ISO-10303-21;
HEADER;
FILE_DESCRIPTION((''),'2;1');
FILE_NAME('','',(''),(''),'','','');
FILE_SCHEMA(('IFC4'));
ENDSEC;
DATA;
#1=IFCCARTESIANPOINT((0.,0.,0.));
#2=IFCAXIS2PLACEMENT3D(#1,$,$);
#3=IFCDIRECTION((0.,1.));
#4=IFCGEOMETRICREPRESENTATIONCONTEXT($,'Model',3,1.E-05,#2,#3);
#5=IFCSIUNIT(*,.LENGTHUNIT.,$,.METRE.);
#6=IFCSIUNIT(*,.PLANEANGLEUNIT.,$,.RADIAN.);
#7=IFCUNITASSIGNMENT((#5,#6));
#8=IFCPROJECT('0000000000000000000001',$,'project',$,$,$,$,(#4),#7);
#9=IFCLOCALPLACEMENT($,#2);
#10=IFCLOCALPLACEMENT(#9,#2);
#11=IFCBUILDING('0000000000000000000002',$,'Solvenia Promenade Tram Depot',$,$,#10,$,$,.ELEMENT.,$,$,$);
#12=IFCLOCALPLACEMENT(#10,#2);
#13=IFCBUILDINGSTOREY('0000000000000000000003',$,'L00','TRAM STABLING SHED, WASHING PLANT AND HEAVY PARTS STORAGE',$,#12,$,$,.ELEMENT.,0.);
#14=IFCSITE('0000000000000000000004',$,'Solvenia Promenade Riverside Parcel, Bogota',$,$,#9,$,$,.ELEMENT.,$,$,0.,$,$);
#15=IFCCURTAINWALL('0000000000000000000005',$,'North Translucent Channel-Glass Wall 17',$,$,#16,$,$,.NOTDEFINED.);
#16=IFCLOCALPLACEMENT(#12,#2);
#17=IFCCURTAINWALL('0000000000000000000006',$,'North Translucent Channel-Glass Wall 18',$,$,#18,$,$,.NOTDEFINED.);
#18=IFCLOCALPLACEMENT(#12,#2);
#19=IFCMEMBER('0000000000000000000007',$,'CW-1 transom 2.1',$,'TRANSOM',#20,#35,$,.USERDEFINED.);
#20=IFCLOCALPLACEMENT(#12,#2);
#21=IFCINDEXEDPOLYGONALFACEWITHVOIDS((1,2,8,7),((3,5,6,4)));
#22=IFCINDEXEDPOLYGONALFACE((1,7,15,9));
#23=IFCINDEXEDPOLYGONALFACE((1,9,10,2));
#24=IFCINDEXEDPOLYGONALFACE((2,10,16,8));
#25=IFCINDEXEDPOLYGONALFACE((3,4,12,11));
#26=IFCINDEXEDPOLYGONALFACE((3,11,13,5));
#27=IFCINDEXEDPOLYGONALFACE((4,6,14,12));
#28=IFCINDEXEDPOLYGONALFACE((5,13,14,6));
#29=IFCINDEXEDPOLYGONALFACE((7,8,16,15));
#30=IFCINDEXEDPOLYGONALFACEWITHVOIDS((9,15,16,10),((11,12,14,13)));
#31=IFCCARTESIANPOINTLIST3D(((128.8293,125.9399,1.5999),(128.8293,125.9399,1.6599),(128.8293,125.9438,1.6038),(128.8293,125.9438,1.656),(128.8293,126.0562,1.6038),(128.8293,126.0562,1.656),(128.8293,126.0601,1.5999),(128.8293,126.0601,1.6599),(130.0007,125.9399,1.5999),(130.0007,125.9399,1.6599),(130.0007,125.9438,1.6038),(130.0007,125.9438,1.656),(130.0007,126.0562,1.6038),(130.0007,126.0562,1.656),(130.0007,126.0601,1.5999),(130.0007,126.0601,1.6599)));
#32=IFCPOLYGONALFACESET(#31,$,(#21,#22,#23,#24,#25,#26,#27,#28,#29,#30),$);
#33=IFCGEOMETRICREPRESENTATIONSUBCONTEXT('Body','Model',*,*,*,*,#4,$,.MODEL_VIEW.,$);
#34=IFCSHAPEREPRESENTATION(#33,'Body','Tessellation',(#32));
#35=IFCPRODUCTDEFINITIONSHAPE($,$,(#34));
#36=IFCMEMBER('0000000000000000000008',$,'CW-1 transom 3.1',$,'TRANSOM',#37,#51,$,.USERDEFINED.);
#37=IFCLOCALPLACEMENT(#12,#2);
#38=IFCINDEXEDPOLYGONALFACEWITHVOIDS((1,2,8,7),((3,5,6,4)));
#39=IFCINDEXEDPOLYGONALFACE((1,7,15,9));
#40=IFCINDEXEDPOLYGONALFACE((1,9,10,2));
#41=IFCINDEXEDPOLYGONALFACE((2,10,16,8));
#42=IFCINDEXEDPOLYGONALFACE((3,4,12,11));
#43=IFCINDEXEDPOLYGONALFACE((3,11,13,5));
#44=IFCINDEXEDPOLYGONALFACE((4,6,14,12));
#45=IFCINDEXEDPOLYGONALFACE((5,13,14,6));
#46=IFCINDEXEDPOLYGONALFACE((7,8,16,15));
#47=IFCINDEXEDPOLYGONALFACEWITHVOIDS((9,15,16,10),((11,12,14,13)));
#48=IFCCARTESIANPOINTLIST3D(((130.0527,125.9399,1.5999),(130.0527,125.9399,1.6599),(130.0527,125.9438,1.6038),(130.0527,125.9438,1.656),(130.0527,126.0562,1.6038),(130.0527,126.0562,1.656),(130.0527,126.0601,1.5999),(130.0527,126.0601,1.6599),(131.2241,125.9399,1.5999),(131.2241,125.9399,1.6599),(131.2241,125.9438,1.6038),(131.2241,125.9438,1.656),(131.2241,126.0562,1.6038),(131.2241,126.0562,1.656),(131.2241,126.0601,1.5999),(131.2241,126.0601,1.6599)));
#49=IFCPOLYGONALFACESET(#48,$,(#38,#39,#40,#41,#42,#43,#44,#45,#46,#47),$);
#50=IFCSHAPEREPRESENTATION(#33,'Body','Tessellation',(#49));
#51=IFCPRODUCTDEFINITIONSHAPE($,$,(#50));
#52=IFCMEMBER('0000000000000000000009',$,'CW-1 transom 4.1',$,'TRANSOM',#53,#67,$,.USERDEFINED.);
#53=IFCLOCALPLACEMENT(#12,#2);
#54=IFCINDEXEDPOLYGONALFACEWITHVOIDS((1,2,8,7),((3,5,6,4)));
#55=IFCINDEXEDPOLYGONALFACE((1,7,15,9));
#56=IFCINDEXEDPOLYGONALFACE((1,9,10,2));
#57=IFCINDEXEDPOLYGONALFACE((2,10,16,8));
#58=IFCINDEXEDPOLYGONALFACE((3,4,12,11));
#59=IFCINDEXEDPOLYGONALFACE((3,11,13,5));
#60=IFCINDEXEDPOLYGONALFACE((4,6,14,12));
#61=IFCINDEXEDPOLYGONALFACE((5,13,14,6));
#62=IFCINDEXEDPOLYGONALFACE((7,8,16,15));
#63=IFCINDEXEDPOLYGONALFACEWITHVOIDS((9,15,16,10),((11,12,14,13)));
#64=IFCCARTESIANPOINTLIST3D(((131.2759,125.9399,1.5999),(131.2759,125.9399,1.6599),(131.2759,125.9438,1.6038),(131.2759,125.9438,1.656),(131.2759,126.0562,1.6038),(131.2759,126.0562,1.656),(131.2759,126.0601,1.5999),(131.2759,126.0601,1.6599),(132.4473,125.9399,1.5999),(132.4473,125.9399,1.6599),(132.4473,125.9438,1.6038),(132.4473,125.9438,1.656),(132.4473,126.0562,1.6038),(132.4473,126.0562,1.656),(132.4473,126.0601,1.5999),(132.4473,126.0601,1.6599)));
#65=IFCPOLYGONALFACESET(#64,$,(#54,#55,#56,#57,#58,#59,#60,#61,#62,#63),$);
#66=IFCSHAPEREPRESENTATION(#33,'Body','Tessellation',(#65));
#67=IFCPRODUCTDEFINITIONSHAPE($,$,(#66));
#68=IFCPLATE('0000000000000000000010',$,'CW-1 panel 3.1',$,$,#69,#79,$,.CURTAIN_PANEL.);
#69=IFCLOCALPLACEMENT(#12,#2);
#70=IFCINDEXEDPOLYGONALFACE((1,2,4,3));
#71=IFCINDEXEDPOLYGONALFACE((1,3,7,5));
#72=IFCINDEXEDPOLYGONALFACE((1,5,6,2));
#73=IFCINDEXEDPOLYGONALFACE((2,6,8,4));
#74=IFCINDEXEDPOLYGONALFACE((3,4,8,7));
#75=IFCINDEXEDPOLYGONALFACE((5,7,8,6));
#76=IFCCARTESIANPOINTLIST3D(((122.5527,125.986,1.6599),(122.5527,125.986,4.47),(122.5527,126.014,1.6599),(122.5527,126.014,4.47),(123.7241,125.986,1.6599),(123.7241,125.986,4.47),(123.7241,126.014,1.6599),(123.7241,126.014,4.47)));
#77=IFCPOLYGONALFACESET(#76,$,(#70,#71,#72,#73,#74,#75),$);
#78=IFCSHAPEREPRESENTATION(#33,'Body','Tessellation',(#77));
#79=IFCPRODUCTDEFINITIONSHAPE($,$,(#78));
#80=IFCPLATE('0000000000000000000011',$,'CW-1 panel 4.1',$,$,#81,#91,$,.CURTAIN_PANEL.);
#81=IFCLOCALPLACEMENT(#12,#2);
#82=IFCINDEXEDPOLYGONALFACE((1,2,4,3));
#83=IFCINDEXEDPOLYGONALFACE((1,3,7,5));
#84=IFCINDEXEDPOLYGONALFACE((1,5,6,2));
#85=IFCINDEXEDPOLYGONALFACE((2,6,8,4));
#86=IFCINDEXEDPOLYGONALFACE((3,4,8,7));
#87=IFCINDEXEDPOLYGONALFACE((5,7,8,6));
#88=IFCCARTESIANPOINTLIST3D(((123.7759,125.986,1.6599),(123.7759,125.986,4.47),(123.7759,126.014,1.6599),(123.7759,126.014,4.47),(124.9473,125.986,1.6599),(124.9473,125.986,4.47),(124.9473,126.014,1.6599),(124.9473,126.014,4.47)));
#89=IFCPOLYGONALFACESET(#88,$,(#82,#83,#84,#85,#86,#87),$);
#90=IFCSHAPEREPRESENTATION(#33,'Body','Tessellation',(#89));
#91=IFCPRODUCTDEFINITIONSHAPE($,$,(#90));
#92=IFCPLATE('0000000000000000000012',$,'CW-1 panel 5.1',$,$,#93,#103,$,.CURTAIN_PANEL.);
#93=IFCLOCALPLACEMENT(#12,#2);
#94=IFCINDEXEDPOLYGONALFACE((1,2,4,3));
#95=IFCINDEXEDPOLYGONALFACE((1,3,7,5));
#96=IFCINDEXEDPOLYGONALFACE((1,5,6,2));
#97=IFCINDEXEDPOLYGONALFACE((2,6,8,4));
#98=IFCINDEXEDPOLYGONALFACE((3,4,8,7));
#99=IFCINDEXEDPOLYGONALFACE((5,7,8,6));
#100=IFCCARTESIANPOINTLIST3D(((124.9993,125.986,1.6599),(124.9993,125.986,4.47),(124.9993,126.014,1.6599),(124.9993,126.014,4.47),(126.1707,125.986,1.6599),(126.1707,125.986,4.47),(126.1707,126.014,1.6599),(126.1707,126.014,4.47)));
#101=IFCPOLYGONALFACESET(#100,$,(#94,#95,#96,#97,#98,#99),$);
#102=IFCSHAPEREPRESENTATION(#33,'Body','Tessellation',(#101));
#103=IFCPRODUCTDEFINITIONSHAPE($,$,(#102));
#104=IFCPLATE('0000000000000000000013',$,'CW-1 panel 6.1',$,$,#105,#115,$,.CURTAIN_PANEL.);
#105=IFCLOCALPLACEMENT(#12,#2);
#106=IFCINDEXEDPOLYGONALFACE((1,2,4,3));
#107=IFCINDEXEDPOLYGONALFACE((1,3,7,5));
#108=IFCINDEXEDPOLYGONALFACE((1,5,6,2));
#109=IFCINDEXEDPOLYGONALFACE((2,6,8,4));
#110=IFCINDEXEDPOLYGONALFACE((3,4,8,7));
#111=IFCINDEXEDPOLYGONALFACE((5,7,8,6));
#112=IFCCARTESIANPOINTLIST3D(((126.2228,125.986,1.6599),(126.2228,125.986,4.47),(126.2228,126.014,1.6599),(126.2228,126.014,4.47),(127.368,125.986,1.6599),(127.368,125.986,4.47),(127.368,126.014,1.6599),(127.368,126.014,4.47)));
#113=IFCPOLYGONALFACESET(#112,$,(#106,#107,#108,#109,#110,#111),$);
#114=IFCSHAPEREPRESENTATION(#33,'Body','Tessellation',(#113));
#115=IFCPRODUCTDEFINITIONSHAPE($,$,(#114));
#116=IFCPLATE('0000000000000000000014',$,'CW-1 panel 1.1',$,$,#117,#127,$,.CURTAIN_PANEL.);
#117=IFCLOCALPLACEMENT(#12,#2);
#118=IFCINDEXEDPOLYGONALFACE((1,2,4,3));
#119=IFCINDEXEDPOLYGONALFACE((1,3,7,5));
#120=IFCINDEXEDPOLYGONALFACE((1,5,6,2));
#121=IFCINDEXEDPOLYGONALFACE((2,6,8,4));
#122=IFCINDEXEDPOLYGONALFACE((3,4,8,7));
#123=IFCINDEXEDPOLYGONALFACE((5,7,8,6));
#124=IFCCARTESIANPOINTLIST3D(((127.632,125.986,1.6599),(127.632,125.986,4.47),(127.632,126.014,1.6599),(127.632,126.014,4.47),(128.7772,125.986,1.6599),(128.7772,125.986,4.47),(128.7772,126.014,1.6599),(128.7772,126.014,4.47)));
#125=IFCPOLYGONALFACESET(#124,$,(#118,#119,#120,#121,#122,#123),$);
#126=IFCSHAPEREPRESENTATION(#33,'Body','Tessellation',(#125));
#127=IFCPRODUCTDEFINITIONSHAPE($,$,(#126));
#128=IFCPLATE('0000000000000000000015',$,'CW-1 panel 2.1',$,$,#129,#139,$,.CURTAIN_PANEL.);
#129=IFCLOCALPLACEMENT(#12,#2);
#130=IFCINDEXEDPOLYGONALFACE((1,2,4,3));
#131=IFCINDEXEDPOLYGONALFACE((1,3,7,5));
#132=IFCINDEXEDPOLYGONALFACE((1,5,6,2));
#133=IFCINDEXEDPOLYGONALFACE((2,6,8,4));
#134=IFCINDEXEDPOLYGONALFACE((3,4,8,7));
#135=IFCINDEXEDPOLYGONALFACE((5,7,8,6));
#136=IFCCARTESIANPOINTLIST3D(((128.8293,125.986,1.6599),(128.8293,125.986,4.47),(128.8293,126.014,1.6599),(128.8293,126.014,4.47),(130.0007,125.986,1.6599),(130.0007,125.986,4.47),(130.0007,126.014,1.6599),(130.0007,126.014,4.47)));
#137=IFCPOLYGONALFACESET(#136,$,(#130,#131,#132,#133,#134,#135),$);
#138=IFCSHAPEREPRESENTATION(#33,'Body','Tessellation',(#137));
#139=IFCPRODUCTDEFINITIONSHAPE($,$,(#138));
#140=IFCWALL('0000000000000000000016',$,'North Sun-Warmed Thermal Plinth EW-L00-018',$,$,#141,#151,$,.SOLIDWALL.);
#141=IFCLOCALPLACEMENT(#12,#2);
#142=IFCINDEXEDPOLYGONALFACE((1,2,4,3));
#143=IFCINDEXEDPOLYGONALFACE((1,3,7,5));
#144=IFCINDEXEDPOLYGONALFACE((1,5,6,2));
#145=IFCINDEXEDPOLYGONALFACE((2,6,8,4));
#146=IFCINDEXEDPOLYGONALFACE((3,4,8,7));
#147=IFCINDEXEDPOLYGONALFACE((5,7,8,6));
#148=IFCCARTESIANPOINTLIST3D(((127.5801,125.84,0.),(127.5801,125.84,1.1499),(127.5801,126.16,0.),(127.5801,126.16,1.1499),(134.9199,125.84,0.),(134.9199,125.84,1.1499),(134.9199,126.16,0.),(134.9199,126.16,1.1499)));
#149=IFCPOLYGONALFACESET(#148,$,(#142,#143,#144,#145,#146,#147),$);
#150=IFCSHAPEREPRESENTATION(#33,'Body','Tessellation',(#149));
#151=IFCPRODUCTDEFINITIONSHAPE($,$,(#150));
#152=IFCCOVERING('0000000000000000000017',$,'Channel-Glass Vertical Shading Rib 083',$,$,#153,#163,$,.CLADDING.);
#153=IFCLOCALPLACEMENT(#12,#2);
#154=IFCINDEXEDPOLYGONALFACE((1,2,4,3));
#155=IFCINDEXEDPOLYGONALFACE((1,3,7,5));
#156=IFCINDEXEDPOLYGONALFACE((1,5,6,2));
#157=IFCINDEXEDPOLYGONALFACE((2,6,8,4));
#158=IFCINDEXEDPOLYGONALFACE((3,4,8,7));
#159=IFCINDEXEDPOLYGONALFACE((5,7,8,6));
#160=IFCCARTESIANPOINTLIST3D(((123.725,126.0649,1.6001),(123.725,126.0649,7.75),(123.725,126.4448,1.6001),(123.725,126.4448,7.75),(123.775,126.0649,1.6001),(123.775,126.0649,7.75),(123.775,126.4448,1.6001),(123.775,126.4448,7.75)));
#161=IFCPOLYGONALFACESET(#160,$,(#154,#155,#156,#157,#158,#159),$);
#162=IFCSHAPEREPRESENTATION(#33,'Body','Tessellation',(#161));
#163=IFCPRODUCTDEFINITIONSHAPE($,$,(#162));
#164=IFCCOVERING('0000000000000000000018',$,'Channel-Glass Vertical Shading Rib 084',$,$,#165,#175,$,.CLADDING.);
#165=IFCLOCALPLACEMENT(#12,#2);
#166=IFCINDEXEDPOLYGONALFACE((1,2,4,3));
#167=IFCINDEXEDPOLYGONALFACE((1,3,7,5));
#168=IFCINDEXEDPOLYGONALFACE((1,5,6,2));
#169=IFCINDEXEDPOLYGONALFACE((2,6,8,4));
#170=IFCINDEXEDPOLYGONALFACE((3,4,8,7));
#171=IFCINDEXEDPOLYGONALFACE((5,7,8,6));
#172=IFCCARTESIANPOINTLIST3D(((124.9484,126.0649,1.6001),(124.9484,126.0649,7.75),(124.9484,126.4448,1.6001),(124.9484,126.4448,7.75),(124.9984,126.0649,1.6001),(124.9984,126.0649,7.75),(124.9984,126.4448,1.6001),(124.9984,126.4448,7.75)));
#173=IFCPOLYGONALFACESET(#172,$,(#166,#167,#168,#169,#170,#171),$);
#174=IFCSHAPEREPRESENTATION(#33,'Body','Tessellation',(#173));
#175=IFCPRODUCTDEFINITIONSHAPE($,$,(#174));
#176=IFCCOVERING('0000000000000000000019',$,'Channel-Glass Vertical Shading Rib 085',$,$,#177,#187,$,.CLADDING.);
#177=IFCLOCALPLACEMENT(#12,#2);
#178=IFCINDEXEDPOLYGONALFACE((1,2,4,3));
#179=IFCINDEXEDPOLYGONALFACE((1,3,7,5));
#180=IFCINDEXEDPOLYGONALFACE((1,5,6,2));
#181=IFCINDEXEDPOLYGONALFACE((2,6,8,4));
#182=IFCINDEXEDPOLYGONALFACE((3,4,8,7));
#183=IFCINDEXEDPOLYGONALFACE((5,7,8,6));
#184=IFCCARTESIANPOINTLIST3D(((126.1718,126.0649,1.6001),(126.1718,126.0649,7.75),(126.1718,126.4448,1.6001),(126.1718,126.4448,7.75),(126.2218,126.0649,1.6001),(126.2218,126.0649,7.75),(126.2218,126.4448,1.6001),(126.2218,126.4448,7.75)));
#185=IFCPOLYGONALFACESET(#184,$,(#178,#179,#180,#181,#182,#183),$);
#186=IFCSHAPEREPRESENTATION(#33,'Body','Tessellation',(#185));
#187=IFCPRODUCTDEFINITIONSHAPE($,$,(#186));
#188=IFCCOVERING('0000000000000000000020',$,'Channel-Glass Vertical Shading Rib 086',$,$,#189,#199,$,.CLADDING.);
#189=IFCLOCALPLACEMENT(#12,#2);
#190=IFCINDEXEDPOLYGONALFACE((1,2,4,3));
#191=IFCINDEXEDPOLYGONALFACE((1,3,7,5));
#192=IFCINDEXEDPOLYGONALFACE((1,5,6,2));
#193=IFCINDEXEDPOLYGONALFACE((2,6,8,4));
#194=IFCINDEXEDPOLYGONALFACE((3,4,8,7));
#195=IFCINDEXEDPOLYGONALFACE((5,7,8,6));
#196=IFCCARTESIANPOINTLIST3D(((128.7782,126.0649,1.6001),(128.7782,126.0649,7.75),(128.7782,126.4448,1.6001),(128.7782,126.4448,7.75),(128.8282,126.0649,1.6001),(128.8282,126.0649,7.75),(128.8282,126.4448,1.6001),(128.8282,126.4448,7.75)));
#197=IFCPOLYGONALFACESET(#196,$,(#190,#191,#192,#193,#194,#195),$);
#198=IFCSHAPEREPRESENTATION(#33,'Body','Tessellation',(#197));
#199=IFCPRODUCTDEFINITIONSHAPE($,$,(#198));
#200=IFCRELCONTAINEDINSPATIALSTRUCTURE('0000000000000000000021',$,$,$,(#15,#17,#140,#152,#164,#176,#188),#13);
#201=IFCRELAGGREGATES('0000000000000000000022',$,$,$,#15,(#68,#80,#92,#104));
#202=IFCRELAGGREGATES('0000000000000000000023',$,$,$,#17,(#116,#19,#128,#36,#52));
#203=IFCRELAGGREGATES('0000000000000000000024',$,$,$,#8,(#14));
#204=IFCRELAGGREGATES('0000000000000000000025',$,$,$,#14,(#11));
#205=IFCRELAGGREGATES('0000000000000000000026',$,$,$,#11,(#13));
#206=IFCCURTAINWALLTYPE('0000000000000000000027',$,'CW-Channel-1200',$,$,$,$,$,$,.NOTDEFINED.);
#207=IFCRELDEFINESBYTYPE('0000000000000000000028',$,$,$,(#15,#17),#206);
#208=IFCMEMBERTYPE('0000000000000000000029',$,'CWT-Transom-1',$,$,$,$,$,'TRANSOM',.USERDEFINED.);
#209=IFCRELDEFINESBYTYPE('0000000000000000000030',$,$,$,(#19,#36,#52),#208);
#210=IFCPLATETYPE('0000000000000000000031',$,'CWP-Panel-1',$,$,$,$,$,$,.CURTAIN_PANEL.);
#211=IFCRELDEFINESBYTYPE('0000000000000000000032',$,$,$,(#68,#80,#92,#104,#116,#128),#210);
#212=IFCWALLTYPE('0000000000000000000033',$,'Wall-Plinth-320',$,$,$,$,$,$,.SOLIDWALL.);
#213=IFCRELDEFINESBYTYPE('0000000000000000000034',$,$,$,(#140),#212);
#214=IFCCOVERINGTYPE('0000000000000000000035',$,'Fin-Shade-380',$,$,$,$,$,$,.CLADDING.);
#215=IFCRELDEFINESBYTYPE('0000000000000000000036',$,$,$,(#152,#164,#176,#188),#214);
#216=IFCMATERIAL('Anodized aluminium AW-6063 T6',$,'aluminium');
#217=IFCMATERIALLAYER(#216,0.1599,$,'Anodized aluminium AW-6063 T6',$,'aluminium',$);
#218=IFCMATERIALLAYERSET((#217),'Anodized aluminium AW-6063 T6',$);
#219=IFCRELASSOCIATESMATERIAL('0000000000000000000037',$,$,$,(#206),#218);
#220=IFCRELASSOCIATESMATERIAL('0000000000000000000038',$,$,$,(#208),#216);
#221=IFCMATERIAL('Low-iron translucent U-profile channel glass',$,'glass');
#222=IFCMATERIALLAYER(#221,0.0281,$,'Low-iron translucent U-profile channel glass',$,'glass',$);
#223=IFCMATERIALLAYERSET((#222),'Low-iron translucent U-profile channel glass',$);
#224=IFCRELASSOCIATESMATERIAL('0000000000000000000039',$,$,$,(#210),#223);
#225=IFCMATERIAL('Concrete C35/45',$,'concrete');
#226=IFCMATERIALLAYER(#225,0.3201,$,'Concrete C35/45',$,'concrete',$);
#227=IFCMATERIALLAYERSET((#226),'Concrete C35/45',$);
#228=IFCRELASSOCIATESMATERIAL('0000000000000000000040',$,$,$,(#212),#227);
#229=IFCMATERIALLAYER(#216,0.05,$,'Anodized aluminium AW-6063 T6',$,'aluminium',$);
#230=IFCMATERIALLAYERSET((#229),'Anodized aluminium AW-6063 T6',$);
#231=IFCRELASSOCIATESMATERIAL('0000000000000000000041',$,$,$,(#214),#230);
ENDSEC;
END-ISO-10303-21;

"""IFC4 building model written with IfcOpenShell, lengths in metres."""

from ifc_helpers import new_model, si_unit, direction, frame, frame_2d, origin, origin_2d, place, context, subcontext, project, spatial, rectangle, hollow_rectangle, extrude, material, layer, layer_set, material_profile, profile_set, type_object, element, aggregate, save


model = new_model("IFC4")

# Units and contexts
model_context = context("Model", 3, precision=1e-05, world=origin(), true_north=direction((0.0, 1.0)))
body_context = subcontext(model_context, "Body", "Model", "MODEL_VIEW")
ifc_project = project(units=[si_unit("LENGTHUNIT", "METRE"), si_unit("PLANEANGLEUNIT", "RADIAN")], contexts=[model_context])

# Site, building, storey
site_placement = place(None, origin())
site = spatial("IfcSite", under=ifc_project, at=site_placement, Name="Solvenia Promenade Riverside Parcel, Bogota", CompositionType="ELEMENT", RefElevation=0.0)
building_placement = place(site_placement, origin())
building = spatial("IfcBuilding", under=site, at=building_placement, Name="Solvenia Promenade Tram Depot", CompositionType="ELEMENT")
storey_placement = place(building_placement, origin())
storey = spatial("IfcBuildingStorey", under=building, at=storey_placement, Name="L00", Description="TRAM STABLING SHED, WASHING PLANT AND HEAVY PARTS STORAGE", CompositionType="ELEMENT", Elevation=0.0)

# Curtain walls
ifc_material_1 = material(Name="Anodized aluminium AW-6063 T6", Category="aluminium")
ifc_layer_1 = layer(ifc_material_1, 0.1599, Name="Anodized aluminium AW-6063 T6", Category="aluminium")
ifc_layer_set_1 = layer_set([ifc_layer_1], Name="Anodized aluminium AW-6063 T6")
curtain_wall_type = type_object("IfcCurtainWallType", Name="CW-Channel-1200", PredefinedType="NOTDEFINED", material=ifc_layer_set_1)
curtain_wall_1_placement = place(storey_placement, origin())
curtain_wall_1 = element("IfcCurtainWall", 1, at=curtain_wall_1_placement, inside=storey, type_object=curtain_wall_type, Name="North Translucent Channel-Glass Wall 17", PredefinedType="NOTDEFINED")
curtain_wall_2_placement = place(storey_placement, origin())
curtain_wall_2 = element("IfcCurtainWall", 2, at=curtain_wall_2_placement, inside=storey, type_object=curtain_wall_type, Name="North Translucent Channel-Glass Wall 18", PredefinedType="NOTDEFINED")

# Members
ifc_material_profile_1 = material_profile(ifc_material_1, hollow_rectangle(XDim=0.1201, YDim=0.0601, WallThickness=0.0039, at=origin_2d()), Name="ALU-T1", Category="aluminium")
ifc_profile_set_1 = profile_set([ifc_material_profile_1], Name="Anodized aluminium AW-6063 T6")
member_type_1 = type_object("IfcMemberType", Name="CWT-Transom-1", ElementType="TRANSOM", PredefinedType="USERDEFINED", material=ifc_profile_set_1)
member_1_placement = place(storey_placement, frame((128.8293, 126.0, 1.6299), z_axis=(1.0, 0.0, 0.0), x_axis=(0.0, 1.0, 0.0)))
member_1 = element("IfcMember", 3, at=member_1_placement, type_object=member_type_1, Name="CW-1 transom 2.1", ObjectType="TRANSOM", PredefinedType="USERDEFINED", context=body_context, shape_type="SweptSolid", body=[
    extrude(hollow_rectangle(XDim=0.1201, YDim=0.0601, WallThickness=0.0039, at=origin_2d()), origin(), (0.0, 0.0, 1.0), 1.1714),
])
member_2_placement = place(storey_placement, frame((130.0527, 126.0, 1.6299), z_axis=(1.0, 0.0, 0.0), x_axis=(0.0, 1.0, 0.0)))
member_2 = element("IfcMember", 4, at=member_2_placement, type_object=member_type_1, Name="CW-1 transom 3.1", ObjectType="TRANSOM", PredefinedType="USERDEFINED", context=body_context, shape_type="SweptSolid", body=[
    extrude(hollow_rectangle(XDim=0.1201, YDim=0.0601, WallThickness=0.0039, at=origin_2d()), origin(), (0.0, 0.0, 1.0), 1.1714),
])
member_3_placement = place(storey_placement, frame((131.2759, 126.0, 1.6299), z_axis=(1.0, 0.0, 0.0), x_axis=(0.0, 1.0, 0.0)))
member_3 = element("IfcMember", 5, at=member_3_placement, type_object=member_type_1, Name="CW-1 transom 4.1", ObjectType="TRANSOM", PredefinedType="USERDEFINED", context=body_context, shape_type="SweptSolid", body=[
    extrude(hollow_rectangle(XDim=0.1201, YDim=0.0601, WallThickness=0.0039, at=origin_2d()), origin(), (0.0, 0.0, 1.0), 1.1714),
])

# Plates
ifc_material_2 = material(Name="Low-iron translucent U-profile channel glass", Category="glass")
ifc_layer_2 = layer(ifc_material_2, 0.0281, Name="Low-iron translucent U-profile channel glass", Category="glass")
ifc_layer_set_2 = layer_set([ifc_layer_2], Name="Low-iron translucent U-profile channel glass")
plate_type = type_object("IfcPlateType", Name="CWP-Panel-1", PredefinedType="CURTAIN_PANEL", material=ifc_layer_set_2)
plate_1_placement = place(storey_placement, frame((123.1384, 126.0, 1.6599), z_axis=(0.0, 0.0, 1.0), x_axis=(1.0, 0.0, 0.0)))
plate_1 = element("IfcPlate", 6, at=plate_1_placement, type_object=plate_type, Name="CW-1 panel 3.1", PredefinedType="CURTAIN_PANEL", context=body_context, shape_type="SweptSolid", body=[
    extrude(rectangle(XDim=1.1714, YDim=0.0281, at=origin_2d()), origin(), (0.0, 0.0, 1.0), 2.8101),
])
plate_2_placement = place(storey_placement, frame((124.3616, 126.0, 1.6599), z_axis=(0.0, 0.0, 1.0), x_axis=(1.0, 0.0, 0.0)))
plate_2 = element("IfcPlate", 7, at=plate_2_placement, type_object=plate_type, Name="CW-1 panel 4.1", PredefinedType="CURTAIN_PANEL", context=body_context, shape_type="SweptSolid", body=[
    extrude(rectangle(XDim=1.1714, YDim=0.0281, at=origin_2d()), origin(), (0.0, 0.0, 1.0), 2.8101),
])
plate_3_placement = place(storey_placement, frame((125.585, 126.0, 1.6599), z_axis=(0.0, 0.0, 1.0), x_axis=(1.0, 0.0, 0.0)))
plate_3 = element("IfcPlate", 8, at=plate_3_placement, type_object=plate_type, Name="CW-1 panel 5.1", PredefinedType="CURTAIN_PANEL", context=body_context, shape_type="SweptSolid", body=[
    extrude(rectangle(XDim=1.1714, YDim=0.0281, at=origin_2d()), origin(), (0.0, 0.0, 1.0), 2.8101),
])
plate_4_placement = place(storey_placement, frame((126.7954, 126.0, 1.6599), z_axis=(0.0, 0.0, 1.0), x_axis=(1.0, 0.0, 0.0)))
plate_4 = element("IfcPlate", 9, at=plate_4_placement, type_object=plate_type, Name="CW-1 panel 6.1", PredefinedType="CURTAIN_PANEL", context=body_context, shape_type="SweptSolid", body=[
    extrude(rectangle(XDim=1.1453, YDim=0.0281, at=origin_2d()), origin(), (0.0, 0.0, 1.0), 2.8101),
])
aggregate(curtain_wall_1, [plate_1, plate_2, plate_3, plate_4])
plate_5_placement = place(storey_placement, frame((128.2046, 126.0, 1.6599), z_axis=(0.0, 0.0, 1.0), x_axis=(1.0, 0.0, 0.0)))
plate_5 = element("IfcPlate", 10, at=plate_5_placement, type_object=plate_type, Name="CW-1 panel 1.1", PredefinedType="CURTAIN_PANEL", context=body_context, shape_type="SweptSolid", body=[
    extrude(rectangle(XDim=1.1453, YDim=0.0281, at=origin_2d()), origin(), (0.0, 0.0, 1.0), 2.8101),
])
plate_6_placement = place(storey_placement, frame((129.415, 126.0, 1.6599), z_axis=(0.0, 0.0, 1.0), x_axis=(1.0, 0.0, 0.0)))
plate_6 = element("IfcPlate", 11, at=plate_6_placement, type_object=plate_type, Name="CW-1 panel 2.1", PredefinedType="CURTAIN_PANEL", context=body_context, shape_type="SweptSolid", body=[
    extrude(rectangle(XDim=1.1714, YDim=0.0281, at=origin_2d()), origin(), (0.0, 0.0, 1.0), 2.8101),
])
aggregate(curtain_wall_2, [plate_5, member_1, plate_6, member_2, member_3])

# Wall
ifc_material_3 = material(Name="Concrete C35/45", Category="concrete")
ifc_layer_3 = layer(ifc_material_3, 0.3201, Name="Concrete C35/45", Category="concrete")
ifc_layer_set_3 = layer_set([ifc_layer_3], Name="Concrete C35/45")
wall_type = type_object("IfcWallType", Name="Wall-Plinth-320", PredefinedType="SOLIDWALL", material=ifc_layer_set_3)
wall_placement = place(storey_placement, frame((127.5801, 126.0, 0.0), z_axis=(0.0, 0.0, 1.0), x_axis=(1.0, 0.0, 0.0)))
element("IfcWall", 12, at=wall_placement, inside=storey, type_object=wall_type, Name="North Sun-Warmed Thermal Plinth EW-L00-018", PredefinedType="SOLIDWALL", context=body_context, shape_type="SweptSolid", body=[
    extrude(rectangle(XDim=7.3398, YDim=0.3201, at=frame_2d((3.6699, 0.0))), origin(), (0.0, 0.0, 1.0), 1.1499),
])

# Coverings
ifc_layer_4 = layer(ifc_material_1, 0.05, Name="Anodized aluminium AW-6063 T6", Category="aluminium")
ifc_layer_set_4 = layer_set([ifc_layer_4], Name="Anodized aluminium AW-6063 T6")
covering_type = type_object("IfcCoveringType", Name="Fin-Shade-380", PredefinedType="CLADDING", material=ifc_layer_set_4)
for number, where, z_axis, x_axis, name in (
    (13, (123.75, 126.2549, 1.6001), (0.0, 0.0, 1.0), (1.0, 0.0, 0.0), "Channel-Glass Vertical Shading Rib 083"),
    (14, (124.9734, 126.2549, 1.6001), (0.0, 0.0, 1.0), (1.0, 0.0, 0.0), "Channel-Glass Vertical Shading Rib 084"),
    (15, (126.1968, 126.2549, 1.6001), (0.0, 0.0, 1.0), (1.0, 0.0, 0.0), "Channel-Glass Vertical Shading Rib 085"),
    (16, (128.8032, 126.2549, 1.6001), (0.0, 0.0, 1.0), (1.0, 0.0, 0.0), "Channel-Glass Vertical Shading Rib 086"),
):
    element("IfcCovering", number, at=place(storey_placement, frame(where, z_axis=z_axis, x_axis=x_axis)), inside=storey, type_object=covering_type, Name=name, PredefinedType="CLADDING", context=body_context, shape_type="SweptSolid", body=[
        extrude(rectangle(XDim=0.05, YDim=0.3799, at=origin_2d()), origin(), (0.0, 0.0, 1.0), 6.1499),
    ])

save(model, "model.ifc")
